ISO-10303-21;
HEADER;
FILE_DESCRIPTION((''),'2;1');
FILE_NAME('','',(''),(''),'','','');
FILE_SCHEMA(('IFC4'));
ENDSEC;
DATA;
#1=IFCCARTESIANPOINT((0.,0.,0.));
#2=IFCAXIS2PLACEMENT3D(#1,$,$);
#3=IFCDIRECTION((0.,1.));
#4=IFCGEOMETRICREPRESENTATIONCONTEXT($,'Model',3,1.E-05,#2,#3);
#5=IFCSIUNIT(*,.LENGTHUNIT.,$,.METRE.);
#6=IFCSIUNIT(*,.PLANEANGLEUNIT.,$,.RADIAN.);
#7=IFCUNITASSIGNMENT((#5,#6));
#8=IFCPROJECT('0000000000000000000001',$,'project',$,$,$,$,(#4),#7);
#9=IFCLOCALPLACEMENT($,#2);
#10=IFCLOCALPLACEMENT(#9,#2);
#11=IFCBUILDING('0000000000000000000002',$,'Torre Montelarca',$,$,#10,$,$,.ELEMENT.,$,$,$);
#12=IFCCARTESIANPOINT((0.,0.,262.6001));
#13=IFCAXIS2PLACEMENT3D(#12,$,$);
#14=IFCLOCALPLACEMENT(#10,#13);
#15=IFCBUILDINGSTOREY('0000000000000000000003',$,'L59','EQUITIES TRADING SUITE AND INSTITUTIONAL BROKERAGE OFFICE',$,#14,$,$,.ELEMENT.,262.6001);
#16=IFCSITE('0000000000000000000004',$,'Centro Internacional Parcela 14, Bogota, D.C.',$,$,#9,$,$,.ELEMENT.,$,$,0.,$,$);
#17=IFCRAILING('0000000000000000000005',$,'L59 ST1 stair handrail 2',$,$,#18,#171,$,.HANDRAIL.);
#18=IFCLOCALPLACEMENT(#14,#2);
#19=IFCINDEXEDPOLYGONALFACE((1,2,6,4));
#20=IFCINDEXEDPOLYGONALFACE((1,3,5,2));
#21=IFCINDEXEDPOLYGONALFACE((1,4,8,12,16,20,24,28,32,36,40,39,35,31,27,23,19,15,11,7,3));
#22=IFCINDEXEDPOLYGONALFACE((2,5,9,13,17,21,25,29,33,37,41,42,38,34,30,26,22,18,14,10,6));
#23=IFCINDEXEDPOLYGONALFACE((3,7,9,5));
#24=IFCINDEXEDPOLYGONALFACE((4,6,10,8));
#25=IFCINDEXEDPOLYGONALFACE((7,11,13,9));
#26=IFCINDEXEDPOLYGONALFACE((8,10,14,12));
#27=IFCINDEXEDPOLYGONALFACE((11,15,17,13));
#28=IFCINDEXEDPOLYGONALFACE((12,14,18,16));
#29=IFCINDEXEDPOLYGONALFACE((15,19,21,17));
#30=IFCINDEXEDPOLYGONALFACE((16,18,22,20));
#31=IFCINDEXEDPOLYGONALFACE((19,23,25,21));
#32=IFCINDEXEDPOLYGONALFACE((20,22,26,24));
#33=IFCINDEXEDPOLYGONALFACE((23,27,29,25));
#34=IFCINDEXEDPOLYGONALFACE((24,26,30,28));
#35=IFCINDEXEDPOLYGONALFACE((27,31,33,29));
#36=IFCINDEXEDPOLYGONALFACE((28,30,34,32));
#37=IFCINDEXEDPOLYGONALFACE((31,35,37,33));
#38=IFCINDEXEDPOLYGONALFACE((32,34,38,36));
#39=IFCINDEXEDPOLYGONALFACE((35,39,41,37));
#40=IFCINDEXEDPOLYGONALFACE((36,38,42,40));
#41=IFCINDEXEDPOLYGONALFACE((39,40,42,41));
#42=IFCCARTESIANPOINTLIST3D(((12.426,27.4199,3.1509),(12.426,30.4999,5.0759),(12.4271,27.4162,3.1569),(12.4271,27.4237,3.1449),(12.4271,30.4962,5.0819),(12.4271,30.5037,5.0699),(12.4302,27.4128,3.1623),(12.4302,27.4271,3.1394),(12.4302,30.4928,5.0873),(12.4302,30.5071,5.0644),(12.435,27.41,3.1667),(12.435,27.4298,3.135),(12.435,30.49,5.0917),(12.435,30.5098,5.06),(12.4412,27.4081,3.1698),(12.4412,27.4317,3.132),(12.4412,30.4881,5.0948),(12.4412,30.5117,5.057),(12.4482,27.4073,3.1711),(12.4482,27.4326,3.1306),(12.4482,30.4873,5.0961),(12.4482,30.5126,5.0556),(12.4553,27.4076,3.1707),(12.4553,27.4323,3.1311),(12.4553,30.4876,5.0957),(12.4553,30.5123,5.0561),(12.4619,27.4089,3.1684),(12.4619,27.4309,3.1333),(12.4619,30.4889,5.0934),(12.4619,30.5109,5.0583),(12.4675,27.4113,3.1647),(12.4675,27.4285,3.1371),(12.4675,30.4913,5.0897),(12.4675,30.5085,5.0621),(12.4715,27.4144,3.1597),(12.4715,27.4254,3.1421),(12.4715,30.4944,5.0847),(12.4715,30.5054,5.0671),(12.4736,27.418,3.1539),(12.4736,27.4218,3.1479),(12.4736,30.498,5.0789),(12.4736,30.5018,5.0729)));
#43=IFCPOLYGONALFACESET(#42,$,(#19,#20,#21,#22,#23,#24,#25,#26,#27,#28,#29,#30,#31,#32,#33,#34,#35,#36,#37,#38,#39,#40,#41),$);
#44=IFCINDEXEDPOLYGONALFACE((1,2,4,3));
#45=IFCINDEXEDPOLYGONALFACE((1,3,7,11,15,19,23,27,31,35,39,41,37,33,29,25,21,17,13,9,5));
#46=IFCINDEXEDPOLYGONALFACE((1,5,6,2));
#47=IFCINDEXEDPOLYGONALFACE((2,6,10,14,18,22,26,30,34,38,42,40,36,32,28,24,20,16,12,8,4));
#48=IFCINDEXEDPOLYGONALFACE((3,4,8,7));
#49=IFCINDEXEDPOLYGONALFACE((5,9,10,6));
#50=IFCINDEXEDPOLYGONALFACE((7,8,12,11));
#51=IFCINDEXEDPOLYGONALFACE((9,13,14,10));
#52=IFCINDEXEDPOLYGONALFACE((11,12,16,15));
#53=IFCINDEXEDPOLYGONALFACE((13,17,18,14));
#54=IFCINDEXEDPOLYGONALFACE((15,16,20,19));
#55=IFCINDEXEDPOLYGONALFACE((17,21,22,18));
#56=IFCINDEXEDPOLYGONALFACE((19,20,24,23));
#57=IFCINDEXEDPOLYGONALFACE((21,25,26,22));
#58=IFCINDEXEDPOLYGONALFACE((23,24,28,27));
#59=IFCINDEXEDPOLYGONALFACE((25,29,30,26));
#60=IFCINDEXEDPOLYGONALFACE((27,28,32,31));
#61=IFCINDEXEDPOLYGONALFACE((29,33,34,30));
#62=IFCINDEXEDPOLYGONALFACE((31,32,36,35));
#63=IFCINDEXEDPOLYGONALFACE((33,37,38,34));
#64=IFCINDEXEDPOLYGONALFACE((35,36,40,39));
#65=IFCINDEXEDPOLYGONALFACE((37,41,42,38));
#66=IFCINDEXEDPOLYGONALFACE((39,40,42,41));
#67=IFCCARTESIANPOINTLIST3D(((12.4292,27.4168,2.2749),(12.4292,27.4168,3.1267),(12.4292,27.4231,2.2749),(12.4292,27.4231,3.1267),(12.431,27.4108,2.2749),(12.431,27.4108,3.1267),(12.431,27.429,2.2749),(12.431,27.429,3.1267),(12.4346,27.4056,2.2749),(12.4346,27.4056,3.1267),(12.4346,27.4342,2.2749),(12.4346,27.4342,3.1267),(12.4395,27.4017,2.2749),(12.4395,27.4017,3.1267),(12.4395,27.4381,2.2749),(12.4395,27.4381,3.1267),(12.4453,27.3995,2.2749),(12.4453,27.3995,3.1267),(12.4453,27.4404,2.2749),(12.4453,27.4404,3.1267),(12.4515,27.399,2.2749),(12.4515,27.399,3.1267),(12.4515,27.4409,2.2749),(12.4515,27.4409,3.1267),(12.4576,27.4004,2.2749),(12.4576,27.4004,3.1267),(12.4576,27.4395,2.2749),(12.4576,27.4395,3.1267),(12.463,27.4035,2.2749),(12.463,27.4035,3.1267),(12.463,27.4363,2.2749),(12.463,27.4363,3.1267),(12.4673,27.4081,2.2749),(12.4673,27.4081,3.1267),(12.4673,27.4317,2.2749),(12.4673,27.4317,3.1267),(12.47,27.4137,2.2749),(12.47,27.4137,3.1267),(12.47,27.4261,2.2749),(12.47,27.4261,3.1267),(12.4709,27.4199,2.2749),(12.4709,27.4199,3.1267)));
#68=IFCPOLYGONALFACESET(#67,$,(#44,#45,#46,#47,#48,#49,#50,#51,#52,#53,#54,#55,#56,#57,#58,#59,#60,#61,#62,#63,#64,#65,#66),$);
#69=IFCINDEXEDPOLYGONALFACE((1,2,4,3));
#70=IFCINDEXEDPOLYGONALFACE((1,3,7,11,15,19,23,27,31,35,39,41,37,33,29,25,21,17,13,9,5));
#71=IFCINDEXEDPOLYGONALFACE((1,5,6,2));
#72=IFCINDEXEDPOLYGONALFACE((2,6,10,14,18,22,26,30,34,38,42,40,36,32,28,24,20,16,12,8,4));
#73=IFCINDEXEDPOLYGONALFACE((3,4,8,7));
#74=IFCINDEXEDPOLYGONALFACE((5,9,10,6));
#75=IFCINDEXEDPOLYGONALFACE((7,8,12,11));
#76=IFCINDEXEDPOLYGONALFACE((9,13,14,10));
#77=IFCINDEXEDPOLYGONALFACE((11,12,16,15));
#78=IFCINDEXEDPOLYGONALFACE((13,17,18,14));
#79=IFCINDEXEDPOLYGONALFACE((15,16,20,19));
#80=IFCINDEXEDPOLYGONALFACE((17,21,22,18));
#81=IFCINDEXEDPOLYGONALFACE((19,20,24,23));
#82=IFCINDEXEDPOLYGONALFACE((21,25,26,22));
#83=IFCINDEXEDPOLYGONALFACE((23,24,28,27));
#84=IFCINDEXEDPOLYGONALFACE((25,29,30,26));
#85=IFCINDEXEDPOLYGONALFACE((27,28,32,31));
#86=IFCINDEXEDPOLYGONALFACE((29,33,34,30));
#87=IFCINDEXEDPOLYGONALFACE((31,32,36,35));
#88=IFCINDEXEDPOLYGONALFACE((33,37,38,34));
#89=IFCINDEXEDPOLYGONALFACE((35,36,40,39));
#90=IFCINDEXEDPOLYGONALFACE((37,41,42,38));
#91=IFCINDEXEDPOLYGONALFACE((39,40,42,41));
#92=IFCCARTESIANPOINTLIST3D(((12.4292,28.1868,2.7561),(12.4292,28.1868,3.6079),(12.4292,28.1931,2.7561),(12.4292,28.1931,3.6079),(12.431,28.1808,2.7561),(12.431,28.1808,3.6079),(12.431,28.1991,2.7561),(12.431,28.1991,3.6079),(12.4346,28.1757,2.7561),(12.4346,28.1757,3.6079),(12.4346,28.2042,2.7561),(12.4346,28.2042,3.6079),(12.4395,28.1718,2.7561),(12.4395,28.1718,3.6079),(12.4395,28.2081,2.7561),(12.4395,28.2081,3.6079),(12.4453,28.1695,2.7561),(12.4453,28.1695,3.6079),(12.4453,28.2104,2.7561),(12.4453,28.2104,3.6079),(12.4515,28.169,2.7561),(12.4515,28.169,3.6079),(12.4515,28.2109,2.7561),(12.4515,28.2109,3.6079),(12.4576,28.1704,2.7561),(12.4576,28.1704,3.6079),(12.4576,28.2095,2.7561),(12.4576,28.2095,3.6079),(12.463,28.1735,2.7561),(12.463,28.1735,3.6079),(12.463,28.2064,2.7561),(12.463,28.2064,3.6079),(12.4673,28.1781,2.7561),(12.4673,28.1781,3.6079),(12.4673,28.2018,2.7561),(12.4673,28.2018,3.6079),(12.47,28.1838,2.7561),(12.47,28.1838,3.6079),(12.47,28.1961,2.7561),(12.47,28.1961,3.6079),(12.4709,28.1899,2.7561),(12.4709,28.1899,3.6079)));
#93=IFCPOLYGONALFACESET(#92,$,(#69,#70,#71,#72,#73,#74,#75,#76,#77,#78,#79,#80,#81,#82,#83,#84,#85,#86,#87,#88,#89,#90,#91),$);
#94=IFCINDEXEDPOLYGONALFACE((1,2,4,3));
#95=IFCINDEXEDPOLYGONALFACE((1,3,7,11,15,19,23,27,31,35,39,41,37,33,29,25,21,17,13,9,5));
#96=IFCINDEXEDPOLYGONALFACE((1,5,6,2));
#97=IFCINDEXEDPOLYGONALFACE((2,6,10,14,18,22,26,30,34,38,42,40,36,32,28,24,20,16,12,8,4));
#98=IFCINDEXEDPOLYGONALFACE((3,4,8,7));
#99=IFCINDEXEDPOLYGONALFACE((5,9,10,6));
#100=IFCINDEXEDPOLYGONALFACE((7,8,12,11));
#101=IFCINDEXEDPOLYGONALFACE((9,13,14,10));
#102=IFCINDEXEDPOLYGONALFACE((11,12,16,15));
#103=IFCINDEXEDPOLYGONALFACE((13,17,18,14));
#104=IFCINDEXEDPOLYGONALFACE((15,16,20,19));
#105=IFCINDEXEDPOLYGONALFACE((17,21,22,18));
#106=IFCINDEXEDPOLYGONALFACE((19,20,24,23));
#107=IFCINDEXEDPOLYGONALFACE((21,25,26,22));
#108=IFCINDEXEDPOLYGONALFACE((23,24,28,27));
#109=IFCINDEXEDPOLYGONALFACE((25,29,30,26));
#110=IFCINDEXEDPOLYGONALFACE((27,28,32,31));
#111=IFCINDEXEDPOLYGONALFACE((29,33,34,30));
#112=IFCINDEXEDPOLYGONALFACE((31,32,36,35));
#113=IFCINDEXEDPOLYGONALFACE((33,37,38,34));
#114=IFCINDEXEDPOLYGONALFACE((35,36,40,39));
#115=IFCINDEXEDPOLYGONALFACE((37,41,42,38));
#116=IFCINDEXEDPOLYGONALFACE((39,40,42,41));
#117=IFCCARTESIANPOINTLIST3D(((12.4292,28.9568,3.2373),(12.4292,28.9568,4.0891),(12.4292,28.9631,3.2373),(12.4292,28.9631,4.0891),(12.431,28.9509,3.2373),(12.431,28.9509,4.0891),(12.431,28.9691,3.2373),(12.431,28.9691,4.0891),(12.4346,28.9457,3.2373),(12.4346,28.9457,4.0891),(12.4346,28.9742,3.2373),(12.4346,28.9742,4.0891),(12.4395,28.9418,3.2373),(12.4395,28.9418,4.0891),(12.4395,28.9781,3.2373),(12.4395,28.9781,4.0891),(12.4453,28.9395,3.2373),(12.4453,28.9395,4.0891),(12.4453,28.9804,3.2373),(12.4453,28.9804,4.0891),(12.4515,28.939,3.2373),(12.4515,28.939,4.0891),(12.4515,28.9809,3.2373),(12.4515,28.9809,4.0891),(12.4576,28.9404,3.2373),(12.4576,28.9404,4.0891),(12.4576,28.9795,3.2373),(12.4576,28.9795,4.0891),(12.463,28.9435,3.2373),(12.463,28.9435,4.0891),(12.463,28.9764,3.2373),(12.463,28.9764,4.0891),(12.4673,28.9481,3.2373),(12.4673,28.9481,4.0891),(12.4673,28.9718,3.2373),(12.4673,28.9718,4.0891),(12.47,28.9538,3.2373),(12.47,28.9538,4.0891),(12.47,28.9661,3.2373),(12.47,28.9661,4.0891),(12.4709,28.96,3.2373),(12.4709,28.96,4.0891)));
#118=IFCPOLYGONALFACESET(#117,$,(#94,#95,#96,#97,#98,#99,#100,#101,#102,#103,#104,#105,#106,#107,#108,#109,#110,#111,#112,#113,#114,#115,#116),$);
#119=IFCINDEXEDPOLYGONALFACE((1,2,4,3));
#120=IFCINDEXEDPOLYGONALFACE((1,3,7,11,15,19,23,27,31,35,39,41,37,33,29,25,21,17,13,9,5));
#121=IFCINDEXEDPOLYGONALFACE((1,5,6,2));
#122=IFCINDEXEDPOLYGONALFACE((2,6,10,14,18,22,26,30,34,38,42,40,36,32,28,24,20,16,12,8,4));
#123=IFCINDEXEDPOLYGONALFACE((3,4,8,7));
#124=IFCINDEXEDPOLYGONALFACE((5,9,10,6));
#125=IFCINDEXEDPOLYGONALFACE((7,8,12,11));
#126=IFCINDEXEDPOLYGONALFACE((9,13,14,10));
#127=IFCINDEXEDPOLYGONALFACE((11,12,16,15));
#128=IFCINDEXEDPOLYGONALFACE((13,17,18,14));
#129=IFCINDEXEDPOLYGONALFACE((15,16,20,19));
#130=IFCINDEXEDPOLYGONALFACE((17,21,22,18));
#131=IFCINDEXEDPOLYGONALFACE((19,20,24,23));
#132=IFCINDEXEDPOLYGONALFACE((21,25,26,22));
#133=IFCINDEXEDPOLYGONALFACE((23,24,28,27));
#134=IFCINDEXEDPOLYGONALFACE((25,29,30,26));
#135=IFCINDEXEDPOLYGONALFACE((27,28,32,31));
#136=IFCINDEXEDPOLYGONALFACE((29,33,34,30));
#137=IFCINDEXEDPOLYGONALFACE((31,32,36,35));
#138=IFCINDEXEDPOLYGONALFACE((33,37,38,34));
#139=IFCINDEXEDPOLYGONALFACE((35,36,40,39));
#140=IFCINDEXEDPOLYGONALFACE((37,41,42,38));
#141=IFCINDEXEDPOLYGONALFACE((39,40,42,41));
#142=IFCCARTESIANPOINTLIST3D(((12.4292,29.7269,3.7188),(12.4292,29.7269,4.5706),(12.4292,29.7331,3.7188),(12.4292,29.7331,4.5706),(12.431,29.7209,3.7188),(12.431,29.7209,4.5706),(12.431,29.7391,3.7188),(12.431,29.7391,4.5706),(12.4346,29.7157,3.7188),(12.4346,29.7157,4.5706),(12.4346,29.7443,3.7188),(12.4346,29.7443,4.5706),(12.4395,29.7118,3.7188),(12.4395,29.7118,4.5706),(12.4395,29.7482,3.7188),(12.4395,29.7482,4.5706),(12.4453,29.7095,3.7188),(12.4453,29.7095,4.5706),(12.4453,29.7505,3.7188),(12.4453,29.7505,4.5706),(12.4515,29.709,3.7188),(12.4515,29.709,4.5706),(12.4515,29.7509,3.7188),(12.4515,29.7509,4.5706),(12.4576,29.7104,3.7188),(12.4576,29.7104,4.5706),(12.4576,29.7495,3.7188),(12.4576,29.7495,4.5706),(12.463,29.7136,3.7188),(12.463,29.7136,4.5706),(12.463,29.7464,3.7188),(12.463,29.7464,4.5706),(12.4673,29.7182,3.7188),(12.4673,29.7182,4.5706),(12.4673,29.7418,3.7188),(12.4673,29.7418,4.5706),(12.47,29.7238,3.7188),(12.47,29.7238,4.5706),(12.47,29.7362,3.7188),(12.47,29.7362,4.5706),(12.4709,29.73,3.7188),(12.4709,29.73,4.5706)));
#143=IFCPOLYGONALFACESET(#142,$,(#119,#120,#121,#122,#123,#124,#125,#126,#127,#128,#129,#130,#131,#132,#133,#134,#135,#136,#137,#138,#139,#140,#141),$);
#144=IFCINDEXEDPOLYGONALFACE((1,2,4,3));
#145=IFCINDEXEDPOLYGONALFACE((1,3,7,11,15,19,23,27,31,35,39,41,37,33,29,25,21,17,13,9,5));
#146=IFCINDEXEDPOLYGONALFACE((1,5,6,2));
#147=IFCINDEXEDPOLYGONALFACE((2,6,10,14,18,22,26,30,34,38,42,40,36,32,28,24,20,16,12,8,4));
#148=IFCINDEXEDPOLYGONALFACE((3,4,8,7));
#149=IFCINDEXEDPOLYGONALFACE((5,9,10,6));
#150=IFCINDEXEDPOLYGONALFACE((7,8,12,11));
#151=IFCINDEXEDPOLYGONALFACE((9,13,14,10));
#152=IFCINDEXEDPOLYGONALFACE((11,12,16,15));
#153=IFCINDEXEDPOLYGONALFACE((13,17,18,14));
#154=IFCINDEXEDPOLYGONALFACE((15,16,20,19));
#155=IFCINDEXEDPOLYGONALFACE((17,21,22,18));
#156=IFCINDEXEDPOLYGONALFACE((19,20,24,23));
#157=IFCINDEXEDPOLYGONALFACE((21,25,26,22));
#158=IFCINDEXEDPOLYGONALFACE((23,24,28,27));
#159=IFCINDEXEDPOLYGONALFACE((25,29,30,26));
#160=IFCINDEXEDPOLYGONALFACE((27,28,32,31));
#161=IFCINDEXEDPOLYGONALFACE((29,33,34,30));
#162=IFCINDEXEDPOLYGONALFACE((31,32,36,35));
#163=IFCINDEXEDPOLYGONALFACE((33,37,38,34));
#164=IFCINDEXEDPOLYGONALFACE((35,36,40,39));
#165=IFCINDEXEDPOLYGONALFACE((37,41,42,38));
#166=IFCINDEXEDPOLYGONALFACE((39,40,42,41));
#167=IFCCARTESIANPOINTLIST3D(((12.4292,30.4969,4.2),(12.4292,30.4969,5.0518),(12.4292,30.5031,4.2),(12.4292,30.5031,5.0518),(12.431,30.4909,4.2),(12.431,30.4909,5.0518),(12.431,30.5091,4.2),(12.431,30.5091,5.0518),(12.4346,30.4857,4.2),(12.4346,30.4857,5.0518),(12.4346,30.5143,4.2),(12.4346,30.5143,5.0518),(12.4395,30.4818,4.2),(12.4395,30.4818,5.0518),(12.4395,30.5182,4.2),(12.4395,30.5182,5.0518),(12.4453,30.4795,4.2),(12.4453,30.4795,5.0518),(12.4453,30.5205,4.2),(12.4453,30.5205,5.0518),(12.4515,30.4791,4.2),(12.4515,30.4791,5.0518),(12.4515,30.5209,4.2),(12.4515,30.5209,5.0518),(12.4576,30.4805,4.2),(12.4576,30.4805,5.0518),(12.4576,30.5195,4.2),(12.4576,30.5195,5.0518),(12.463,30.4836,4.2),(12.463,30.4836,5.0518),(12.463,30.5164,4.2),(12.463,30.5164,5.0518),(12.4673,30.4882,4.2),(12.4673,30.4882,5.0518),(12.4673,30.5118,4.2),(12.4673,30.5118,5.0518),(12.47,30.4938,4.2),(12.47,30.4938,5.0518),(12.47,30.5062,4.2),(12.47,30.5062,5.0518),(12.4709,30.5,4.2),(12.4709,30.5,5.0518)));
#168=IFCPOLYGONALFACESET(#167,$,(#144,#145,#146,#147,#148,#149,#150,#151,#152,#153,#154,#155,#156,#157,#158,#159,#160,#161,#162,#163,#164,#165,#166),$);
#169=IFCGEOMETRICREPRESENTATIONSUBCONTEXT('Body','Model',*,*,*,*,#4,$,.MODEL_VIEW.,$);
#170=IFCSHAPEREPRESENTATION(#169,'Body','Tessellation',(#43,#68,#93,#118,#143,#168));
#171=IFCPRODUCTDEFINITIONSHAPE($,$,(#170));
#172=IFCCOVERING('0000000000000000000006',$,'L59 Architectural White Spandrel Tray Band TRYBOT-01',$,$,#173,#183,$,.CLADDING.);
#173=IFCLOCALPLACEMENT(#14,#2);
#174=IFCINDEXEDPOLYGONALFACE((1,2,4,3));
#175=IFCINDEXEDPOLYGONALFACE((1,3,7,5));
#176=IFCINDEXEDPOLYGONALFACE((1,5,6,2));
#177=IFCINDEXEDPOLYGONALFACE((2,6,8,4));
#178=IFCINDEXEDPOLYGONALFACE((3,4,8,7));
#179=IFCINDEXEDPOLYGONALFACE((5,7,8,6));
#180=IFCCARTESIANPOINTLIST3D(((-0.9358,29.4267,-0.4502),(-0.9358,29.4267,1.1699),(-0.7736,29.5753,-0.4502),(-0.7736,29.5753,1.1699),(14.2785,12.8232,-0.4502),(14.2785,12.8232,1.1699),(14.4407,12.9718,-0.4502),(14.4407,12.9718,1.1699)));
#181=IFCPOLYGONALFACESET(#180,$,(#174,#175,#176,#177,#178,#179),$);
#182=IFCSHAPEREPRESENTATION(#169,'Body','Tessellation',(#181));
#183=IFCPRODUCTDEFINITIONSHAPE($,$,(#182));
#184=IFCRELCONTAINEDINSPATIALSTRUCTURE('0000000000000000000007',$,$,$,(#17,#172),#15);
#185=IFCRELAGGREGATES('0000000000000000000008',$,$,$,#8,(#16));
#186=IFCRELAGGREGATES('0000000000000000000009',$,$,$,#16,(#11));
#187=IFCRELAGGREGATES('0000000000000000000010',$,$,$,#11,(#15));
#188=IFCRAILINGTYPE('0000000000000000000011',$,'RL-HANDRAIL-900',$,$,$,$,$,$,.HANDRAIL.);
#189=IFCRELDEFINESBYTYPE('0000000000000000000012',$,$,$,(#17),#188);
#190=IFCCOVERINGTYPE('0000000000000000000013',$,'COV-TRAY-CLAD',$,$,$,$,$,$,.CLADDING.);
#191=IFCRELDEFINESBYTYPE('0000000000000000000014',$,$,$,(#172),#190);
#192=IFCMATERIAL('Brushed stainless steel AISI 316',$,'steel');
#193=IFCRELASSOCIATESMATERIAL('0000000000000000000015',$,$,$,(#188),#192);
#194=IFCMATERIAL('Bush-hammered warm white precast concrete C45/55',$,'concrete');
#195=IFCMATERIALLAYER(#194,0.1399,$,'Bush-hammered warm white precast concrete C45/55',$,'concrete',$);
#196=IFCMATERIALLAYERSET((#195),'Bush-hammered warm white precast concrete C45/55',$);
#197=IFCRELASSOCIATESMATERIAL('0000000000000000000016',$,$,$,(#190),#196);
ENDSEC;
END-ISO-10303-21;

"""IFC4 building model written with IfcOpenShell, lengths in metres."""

from ifc_helpers import new_model, si_unit, direction, frame, origin, origin_2d, place, context, subcontext, project, spatial, rectangle, circle, extrude, source, transform, mapped, material, layer, layer_set, type_object, element, save


model = new_model("IFC4")

# Units and contexts
model_context = context("Model", 3, precision=1e-05, world=origin(), true_north=direction((0.0, 1.0)))
body_context = subcontext(model_context, "Body", "Model", "MODEL_VIEW")
ifc_project = project(units=[si_unit("LENGTHUNIT", "METRE"), si_unit("PLANEANGLEUNIT", "RADIAN")], contexts=[model_context])

# Site, building, storey
site_placement = place(None, origin())
site = spatial("IfcSite", under=ifc_project, at=site_placement, Name="Centro Internacional Parcela 14, Bogota, D.C.", CompositionType="ELEMENT", RefElevation=0.0)
building_placement = place(site_placement, origin())
building = spatial("IfcBuilding", under=site, at=building_placement, Name="Torre Montelarca", CompositionType="ELEMENT")
storey_placement = place(building_placement, frame((0.0, 0.0, 262.6001)))
storey = spatial("IfcBuildingStorey", under=building, at=storey_placement, Name="L59", Description="EQUITIES TRADING SUITE AND INSTITUTIONAL BROKERAGE OFFICE", CompositionType="ELEMENT", Elevation=262.6001)

# Railing
ifc_material_1 = material(Name="Brushed stainless steel AISI 316", Category="steel")
railing_type_1 = type_object("IfcRailingType", Name="RL-HANDRAIL-900", PredefinedType="HANDRAIL", material=ifc_material_1)
railing_1_placement = place(storey_placement, frame((12.45, 27.4199, 2.2749)))
element("IfcRailing", 1, at=railing_1_placement, inside=storey, type_object=railing_type_1, Name="L59 ST1 stair handrail 2", PredefinedType="HANDRAIL", context=body_context, shape_type="SweptSolid", body=[
    extrude(circle(Radius=0.0239, at=origin_2d()), frame((0.0, 0.0, 0.876), z_axis=(0.0, 0.847998, 0.529999), x_axis=(-1.0, 0.0, 0.0)), (0.0, 0.0, 1.0), 3.6321),
    extrude(circle(Radius=0.021, at=origin_2d()), origin(), (0.0, 0.0, 1.0), 0.8518),
    extrude(circle(Radius=0.021, at=origin_2d()), frame((0.0, 0.77, 0.4812)), (0.0, 0.0, 1.0), 0.8518),
    extrude(circle(Radius=0.021, at=origin_2d()), frame((0.0, 1.54, 0.9624)), (0.0, 0.0, 1.0), 0.8518),
    extrude(circle(Radius=0.021, at=origin_2d()), frame((0.0, 2.3101, 1.4438)), (0.0, 0.0, 1.0), 0.8518),
    extrude(circle(Radius=0.021, at=origin_2d()), frame((0.0, 3.0801, 1.925)), (0.0, 0.0, 1.0), 0.8518),
])

# Covering
ifc_material_2 = material(Name="Bush-hammered warm white precast concrete C45/55", Category="concrete")
ifc_layer_1 = layer(ifc_material_2, 0.1399, Name="Bush-hammered warm white precast concrete C45/55", Category="concrete")
ifc_layer_set_1 = layer_set([ifc_layer_1], Name="Bush-hammered warm white precast concrete C45/55")
covering_type = type_object("IfcCoveringType", Name="COV-TRAY-CLAD", PredefinedType="CLADDING", material=ifc_layer_set_1)
shared_shape_1 = source(origin(), body_context, "Body", "SweptSolid", [
    extrude(rectangle(XDim=22.52, YDim=0.22, at=origin_2d()), origin(), (0.0, 0.0, 1.0), 1.6201),
])
covering_placement = place(storey_placement, frame((6.7524, 21.1992, -0.4502), z_axis=(0.0, 0.0, 1.0), x_axis=(0.67559, -0.737277, 0.0)))
element("IfcCovering", 2, at=covering_placement, inside=storey, type_object=covering_type, Name="L59 Architectural White Spandrel Tray Band TRYBOT-01", PredefinedType="CLADDING", context=body_context, shape_type="MappedRepresentation", body=[
    mapped(shared_shape_1, transform((0.0, 0.0, 0.0), scale=1.0)),
])

save(model, "model.ifc")
